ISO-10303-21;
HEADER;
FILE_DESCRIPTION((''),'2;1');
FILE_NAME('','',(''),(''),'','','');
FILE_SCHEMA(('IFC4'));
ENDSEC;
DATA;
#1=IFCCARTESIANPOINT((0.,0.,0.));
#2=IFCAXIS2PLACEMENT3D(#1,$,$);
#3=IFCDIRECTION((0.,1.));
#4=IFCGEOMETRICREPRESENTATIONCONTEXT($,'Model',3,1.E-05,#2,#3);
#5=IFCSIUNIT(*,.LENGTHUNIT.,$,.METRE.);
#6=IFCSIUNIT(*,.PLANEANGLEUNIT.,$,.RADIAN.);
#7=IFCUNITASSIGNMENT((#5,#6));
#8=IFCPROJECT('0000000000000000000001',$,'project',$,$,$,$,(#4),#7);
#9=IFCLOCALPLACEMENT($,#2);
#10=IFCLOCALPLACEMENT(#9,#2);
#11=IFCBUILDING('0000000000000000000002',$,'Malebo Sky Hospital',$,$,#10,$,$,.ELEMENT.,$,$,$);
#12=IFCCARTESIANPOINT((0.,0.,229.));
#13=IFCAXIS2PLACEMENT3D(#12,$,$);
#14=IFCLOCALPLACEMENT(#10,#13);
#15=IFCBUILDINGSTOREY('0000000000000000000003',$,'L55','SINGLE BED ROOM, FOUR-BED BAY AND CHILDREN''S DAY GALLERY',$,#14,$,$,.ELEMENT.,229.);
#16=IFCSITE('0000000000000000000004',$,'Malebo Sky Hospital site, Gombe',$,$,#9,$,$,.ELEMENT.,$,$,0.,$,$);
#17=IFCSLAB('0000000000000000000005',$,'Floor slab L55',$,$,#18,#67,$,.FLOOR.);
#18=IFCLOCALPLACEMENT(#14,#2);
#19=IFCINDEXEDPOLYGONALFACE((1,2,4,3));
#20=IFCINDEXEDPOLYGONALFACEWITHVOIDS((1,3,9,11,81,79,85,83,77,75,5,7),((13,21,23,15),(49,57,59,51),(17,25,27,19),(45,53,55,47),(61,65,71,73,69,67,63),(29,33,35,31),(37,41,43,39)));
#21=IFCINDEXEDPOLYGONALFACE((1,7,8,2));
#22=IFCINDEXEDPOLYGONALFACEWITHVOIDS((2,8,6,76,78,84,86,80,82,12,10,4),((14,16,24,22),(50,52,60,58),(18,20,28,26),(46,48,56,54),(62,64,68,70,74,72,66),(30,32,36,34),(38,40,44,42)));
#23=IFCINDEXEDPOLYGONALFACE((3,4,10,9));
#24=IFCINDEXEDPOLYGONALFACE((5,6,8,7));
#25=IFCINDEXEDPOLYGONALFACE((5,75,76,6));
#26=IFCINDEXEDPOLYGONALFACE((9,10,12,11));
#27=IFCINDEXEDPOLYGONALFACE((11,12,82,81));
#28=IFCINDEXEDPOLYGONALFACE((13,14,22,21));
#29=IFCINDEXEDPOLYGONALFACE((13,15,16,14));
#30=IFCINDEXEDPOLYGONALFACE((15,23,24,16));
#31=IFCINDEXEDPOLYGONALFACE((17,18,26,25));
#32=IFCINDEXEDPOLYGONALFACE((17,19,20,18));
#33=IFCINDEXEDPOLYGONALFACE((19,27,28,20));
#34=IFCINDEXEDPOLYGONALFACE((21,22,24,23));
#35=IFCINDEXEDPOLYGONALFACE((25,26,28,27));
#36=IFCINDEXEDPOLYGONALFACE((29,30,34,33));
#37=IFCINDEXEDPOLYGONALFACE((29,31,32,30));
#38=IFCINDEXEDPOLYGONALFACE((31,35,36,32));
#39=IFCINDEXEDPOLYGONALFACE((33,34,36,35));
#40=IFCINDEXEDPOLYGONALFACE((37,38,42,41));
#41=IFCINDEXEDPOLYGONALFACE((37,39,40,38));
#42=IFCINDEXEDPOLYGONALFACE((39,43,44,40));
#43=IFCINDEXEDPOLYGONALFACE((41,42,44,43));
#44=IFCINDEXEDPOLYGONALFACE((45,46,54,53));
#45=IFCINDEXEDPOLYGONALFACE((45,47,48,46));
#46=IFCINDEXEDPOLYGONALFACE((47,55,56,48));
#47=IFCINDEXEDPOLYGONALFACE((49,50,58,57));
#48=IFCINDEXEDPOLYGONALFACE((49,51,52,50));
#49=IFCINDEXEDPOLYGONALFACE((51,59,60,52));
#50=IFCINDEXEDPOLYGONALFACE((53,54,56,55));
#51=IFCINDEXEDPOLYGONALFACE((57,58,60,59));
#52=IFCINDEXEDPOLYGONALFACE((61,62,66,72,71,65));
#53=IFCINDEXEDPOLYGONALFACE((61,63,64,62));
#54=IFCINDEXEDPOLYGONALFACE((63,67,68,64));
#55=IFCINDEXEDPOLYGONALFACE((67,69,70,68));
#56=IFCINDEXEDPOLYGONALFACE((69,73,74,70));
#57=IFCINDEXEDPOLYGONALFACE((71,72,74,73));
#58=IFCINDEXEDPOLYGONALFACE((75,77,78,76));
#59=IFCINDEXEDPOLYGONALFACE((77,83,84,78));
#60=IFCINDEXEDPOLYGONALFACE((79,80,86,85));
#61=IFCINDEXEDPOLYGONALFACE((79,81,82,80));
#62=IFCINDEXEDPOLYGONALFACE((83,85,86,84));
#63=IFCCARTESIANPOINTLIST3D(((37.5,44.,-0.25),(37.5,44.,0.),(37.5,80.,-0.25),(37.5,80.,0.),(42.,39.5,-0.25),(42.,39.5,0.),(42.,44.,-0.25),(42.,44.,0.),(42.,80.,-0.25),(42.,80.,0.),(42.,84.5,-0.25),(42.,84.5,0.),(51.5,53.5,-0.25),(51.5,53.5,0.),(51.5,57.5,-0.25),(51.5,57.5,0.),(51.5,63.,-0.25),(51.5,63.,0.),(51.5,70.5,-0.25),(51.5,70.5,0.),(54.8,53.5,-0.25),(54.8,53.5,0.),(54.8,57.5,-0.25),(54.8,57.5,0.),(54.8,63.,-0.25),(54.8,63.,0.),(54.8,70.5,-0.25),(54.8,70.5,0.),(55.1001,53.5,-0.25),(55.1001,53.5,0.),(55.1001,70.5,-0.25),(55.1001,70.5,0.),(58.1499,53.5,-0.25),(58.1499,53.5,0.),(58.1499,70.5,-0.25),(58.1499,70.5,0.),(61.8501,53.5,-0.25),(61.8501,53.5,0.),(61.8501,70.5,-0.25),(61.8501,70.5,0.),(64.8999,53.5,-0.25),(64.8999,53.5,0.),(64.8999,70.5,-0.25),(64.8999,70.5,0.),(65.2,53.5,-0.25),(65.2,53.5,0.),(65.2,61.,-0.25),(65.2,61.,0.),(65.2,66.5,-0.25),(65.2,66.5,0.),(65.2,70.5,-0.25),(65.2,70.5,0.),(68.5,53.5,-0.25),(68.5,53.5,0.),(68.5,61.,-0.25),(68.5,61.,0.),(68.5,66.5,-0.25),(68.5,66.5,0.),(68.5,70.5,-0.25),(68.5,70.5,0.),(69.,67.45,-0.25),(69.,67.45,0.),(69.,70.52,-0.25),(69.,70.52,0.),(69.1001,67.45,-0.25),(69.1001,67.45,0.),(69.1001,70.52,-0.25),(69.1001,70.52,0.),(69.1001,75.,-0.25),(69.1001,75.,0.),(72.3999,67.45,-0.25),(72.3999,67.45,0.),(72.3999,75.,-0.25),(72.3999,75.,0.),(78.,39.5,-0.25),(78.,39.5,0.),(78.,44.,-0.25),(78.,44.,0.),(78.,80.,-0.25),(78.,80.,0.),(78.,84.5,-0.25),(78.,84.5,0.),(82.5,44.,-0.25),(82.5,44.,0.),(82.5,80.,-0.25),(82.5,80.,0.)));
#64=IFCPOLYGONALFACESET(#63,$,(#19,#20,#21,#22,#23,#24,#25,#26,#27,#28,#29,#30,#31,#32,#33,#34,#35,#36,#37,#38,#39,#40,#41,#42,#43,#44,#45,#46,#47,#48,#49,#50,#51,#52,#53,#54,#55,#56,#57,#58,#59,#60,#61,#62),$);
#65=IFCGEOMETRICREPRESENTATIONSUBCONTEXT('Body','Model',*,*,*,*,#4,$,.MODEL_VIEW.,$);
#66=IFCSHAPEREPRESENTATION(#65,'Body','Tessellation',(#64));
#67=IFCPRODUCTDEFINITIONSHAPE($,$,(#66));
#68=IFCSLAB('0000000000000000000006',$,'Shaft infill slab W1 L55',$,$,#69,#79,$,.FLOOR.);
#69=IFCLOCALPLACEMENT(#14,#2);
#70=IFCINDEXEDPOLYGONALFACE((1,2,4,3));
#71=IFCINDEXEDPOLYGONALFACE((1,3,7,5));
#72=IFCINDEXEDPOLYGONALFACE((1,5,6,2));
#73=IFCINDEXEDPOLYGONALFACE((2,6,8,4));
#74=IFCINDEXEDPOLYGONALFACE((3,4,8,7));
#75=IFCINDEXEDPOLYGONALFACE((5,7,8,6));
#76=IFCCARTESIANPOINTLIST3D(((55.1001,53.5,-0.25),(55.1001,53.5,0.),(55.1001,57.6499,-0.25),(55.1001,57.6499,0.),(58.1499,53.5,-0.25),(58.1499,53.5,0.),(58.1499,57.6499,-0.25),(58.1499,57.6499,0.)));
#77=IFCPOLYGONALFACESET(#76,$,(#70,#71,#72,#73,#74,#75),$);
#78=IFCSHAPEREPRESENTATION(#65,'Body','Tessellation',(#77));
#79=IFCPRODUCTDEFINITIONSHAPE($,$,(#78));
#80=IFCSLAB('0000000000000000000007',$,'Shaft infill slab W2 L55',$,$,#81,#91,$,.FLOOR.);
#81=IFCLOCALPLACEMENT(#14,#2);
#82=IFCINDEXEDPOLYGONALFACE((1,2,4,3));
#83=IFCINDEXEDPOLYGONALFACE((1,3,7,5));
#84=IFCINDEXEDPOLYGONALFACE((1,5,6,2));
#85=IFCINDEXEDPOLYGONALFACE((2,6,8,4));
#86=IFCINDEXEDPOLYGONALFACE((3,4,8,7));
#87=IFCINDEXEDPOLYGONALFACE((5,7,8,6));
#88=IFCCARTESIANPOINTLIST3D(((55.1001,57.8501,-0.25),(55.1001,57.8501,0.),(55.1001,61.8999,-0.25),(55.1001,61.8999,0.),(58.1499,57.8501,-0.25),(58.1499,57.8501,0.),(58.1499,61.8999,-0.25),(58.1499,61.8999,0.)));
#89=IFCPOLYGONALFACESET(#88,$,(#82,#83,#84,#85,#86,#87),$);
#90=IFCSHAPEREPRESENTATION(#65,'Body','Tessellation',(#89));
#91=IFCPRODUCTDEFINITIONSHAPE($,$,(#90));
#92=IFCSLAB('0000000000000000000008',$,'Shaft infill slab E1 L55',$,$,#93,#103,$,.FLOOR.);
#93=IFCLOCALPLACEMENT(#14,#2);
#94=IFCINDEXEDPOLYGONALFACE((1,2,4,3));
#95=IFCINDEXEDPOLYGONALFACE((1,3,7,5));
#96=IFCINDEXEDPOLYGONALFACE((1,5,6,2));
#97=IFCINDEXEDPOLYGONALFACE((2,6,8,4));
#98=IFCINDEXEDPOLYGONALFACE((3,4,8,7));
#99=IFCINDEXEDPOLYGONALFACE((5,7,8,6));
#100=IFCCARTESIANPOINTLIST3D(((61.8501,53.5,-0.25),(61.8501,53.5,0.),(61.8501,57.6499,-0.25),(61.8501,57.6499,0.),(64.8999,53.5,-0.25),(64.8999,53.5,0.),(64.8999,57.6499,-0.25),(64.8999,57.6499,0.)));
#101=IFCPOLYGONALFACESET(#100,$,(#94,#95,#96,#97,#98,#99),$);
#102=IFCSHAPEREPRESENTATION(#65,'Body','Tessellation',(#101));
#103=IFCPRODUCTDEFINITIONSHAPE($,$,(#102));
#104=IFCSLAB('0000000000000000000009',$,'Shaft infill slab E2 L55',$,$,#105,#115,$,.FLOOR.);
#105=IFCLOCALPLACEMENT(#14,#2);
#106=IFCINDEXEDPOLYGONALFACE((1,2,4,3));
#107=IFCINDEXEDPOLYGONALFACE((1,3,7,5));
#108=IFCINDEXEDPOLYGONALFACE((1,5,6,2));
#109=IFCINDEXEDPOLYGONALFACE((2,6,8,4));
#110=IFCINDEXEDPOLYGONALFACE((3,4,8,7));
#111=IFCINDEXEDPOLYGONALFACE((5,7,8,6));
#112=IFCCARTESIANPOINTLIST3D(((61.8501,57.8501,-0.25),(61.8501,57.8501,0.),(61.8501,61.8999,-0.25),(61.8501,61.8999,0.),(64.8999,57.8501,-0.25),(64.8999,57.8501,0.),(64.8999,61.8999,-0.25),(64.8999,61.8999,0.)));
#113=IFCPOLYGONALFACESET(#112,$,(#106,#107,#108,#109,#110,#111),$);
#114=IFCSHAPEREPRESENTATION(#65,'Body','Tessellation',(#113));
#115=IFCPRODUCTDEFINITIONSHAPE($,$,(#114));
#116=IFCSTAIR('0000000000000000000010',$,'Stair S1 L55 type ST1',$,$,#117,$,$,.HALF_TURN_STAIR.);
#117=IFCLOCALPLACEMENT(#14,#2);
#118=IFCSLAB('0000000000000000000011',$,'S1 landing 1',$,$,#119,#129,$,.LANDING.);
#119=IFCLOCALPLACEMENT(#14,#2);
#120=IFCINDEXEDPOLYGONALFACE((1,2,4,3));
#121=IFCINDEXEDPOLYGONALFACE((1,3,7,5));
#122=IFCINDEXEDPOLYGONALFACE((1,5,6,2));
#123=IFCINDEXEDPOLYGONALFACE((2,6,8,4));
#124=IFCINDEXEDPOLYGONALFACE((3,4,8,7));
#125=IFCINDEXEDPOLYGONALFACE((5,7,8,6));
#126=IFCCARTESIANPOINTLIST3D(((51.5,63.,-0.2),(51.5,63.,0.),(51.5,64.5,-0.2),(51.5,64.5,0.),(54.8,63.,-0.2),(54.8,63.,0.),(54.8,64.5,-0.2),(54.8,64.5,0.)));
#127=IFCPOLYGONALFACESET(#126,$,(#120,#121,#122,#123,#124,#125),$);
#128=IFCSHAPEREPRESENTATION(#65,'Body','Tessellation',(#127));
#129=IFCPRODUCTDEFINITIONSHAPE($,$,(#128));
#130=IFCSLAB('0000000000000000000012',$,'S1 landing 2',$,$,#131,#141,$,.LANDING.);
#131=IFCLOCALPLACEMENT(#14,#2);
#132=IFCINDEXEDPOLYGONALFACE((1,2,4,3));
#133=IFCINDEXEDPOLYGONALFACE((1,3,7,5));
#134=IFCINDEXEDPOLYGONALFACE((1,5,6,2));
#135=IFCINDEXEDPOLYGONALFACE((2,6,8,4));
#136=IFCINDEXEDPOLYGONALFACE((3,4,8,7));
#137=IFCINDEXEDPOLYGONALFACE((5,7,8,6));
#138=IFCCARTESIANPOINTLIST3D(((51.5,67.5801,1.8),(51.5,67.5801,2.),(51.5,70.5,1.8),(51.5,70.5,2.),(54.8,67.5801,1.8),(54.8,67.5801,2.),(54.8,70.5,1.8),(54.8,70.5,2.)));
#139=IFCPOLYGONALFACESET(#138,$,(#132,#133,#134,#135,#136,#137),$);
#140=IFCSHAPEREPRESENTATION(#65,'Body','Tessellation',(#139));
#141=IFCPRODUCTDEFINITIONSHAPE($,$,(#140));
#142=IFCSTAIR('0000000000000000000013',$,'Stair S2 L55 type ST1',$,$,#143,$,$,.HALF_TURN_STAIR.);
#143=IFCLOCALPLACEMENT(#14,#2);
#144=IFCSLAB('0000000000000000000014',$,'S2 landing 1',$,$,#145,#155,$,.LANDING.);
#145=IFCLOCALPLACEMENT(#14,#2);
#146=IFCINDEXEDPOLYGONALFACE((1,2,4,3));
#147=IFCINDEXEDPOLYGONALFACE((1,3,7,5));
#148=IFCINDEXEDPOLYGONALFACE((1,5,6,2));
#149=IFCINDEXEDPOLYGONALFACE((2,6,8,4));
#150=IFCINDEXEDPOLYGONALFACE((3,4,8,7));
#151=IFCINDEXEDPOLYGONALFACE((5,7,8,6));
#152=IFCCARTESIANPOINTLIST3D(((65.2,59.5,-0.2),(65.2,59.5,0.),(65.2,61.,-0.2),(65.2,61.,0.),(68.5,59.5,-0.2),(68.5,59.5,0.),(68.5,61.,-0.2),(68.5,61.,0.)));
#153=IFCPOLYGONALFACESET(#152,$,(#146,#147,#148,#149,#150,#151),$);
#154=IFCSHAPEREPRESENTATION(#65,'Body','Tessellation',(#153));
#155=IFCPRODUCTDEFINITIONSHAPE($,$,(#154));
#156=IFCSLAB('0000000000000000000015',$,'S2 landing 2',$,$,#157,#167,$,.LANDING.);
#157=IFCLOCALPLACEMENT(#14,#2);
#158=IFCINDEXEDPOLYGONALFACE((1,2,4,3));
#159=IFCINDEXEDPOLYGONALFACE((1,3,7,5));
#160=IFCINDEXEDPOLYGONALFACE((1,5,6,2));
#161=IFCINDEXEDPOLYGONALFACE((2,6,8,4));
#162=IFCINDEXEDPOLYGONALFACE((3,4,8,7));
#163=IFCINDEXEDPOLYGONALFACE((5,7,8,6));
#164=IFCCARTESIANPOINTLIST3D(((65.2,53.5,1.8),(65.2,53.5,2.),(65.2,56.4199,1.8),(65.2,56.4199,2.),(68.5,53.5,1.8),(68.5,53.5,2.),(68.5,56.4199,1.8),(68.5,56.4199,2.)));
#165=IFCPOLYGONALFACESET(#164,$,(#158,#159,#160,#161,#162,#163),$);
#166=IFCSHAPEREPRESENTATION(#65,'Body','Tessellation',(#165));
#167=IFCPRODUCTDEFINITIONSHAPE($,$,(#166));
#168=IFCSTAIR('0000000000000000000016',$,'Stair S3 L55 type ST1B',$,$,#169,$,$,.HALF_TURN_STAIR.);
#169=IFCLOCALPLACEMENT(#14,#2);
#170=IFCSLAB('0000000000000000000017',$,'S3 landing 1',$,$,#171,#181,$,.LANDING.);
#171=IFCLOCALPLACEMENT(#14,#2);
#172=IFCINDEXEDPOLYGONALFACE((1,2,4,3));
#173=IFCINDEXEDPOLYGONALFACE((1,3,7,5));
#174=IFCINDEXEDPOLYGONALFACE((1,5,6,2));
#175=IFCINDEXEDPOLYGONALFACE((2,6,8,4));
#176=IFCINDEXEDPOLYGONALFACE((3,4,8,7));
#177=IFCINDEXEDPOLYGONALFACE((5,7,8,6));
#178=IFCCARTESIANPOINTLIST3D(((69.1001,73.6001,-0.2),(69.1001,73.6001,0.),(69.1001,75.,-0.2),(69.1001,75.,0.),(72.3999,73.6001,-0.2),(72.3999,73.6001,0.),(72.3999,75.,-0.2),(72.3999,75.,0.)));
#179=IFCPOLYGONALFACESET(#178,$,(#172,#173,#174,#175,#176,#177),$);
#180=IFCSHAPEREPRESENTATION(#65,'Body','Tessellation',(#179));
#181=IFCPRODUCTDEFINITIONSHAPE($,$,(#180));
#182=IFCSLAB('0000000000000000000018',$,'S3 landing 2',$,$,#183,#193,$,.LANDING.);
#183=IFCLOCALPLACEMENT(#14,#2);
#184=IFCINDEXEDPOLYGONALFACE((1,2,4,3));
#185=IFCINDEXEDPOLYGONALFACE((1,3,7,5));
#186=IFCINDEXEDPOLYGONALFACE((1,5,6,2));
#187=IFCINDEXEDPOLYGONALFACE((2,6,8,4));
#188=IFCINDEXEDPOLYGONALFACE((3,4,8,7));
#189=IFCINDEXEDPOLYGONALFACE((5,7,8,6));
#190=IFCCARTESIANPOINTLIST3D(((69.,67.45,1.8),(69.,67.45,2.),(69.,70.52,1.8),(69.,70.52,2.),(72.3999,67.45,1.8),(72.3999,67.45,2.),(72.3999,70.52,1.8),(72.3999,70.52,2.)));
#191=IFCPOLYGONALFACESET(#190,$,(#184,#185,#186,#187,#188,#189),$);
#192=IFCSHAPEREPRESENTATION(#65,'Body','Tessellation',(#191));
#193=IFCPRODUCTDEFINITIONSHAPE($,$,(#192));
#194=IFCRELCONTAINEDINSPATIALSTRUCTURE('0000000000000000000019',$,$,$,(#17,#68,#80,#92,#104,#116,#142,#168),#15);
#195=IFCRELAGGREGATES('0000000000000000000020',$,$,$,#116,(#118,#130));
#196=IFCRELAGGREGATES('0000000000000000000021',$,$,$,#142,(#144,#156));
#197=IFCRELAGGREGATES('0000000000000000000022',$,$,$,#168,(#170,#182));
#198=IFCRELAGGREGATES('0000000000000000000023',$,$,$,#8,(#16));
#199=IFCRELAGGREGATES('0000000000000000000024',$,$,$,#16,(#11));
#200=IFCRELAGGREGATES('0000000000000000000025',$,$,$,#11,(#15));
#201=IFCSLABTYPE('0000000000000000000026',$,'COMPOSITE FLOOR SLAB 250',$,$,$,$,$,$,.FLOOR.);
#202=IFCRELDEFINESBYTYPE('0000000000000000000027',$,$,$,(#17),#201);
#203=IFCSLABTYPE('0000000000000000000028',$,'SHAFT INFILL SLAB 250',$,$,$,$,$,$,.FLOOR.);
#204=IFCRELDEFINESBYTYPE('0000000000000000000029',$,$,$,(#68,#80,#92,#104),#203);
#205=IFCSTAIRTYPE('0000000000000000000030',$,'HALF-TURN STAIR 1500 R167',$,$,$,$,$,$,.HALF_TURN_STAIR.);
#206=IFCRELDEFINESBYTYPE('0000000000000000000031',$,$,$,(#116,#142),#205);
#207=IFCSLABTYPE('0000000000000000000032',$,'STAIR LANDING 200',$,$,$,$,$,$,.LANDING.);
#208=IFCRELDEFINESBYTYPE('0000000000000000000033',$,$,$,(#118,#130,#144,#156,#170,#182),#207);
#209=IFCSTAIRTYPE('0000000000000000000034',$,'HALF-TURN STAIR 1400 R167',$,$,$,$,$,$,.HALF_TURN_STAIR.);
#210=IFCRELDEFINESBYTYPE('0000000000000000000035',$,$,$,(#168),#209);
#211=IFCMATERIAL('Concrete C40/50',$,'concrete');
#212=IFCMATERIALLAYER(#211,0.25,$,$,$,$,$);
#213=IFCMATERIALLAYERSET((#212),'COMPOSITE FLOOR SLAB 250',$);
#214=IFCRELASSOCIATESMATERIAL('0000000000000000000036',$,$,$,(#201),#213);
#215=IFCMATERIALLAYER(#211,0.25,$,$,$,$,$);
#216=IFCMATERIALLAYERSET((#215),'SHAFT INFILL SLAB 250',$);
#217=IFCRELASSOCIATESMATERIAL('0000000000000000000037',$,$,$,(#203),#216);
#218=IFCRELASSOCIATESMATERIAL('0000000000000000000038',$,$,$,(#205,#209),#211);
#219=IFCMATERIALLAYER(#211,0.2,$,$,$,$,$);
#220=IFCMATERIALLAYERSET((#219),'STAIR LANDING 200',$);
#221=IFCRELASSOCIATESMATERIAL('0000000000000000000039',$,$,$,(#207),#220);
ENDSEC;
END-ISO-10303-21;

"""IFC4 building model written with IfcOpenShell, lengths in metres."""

from ifc_helpers import new_model, si_unit, direction, frame, origin, place, context, subcontext, project, spatial, polyline, outline, extrude, material, layer, layer_set, type_object, element, aggregate, save


model = new_model("IFC4")

# Units and contexts
model_context = context("Model", 3, precision=1e-05, world=origin(), true_north=direction((0.0, 1.0)))
body_context = subcontext(model_context, "Body", "Model", "MODEL_VIEW")
ifc_project = project(units=[si_unit("LENGTHUNIT", "METRE"), si_unit("PLANEANGLEUNIT", "RADIAN")], contexts=[model_context])

# Site, building, storey
site_placement = place(None, origin())
site = spatial("IfcSite", under=ifc_project, at=site_placement, Name="Malebo Sky Hospital site, Gombe", CompositionType="ELEMENT", RefElevation=0.0)
building_placement = place(site_placement, origin())
building = spatial("IfcBuilding", under=site, at=building_placement, Name="Malebo Sky Hospital", CompositionType="ELEMENT")
storey_placement = place(building_placement, frame((0.0, 0.0, 229.0)))
storey = spatial("IfcBuildingStorey", under=building, at=storey_placement, Name="L55", Description="SINGLE BED ROOM, FOUR-BED BAY AND CHILDREN'S DAY GALLERY", CompositionType="ELEMENT", Elevation=229.0)

# Slabs
ifc_material_1 = material(Name="Concrete C40/50", Category="concrete")
ifc_layer_1 = layer(ifc_material_1, 0.25)
ifc_layer_set_1 = layer_set([ifc_layer_1], Name="COMPOSITE FLOOR SLAB 250")
slab_type_1 = type_object("IfcSlabType", Name="COMPOSITE FLOOR SLAB 250", PredefinedType="FLOOR", material=ifc_layer_set_1)
slab_1_placement = place(storey_placement, frame((0.0, 0.0, -0.25)))
element("IfcSlab", 1, at=slab_1_placement, inside=storey, type_object=slab_type_1, Name="Floor slab L55", PredefinedType="FLOOR", context=body_context, shape_type="SweptSolid", body=[
    extrude(outline(polyline([(42.0, 84.5), (42.0, 80.0), (37.5, 80.0), (37.5, 44.0), (42.0, 44.0), (42.0, 39.5), (78.0, 39.5), (78.0, 44.0), (82.5, 44.0), (82.5, 80.0), (78.0, 80.0), (78.0, 84.5), (42.0, 84.5)]), holes=[polyline([(55.1001, 70.5), (58.1499, 70.5), (58.1499, 53.5), (55.1001, 53.5), (55.1001, 70.5)]), polyline([(64.8999, 70.5), (64.8999, 53.5), (61.8501, 53.5), (61.8501, 70.5), (64.8999, 70.5)]), polyline([(54.8, 63.0), (51.5, 63.0), (51.5, 70.5), (54.8, 70.5), (54.8, 63.0)]), polyline([(51.5, 53.5), (51.5, 57.5), (54.8, 57.5), (54.8, 53.5), (51.5, 53.5)]), polyline([(65.2, 61.0), (68.5, 61.0), (68.5, 53.5), (65.2, 53.5), (65.2, 61.0)]), polyline([(68.5, 70.5), (68.5, 66.5), (65.2, 66.5), (65.2, 70.5), (68.5, 70.5)]), polyline([(69.0, 67.45), (69.0, 70.52), (69.1001, 70.52), (69.1001, 75.0), (72.3999, 75.0), (72.3999, 67.45), (69.1001, 67.45), (69.0, 67.45)])]), origin(), (0.0, 0.0, 1.0), 0.25),
])
ifc_layer_2 = layer(ifc_material_1, 0.25)
ifc_layer_set_2 = layer_set([ifc_layer_2], Name="SHAFT INFILL SLAB 250")
slab_type_2 = type_object("IfcSlabType", Name="SHAFT INFILL SLAB 250", PredefinedType="FLOOR", material=ifc_layer_set_2)
slab_2_placement = place(storey_placement, frame((0.0, 0.0, -0.25)))
element("IfcSlab", 2, at=slab_2_placement, inside=storey, type_object=slab_type_2, Name="Shaft infill slab W1 L55", PredefinedType="FLOOR", context=body_context, shape_type="SweptSolid", body=[
    extrude(outline(polyline([(55.1001, 53.5), (58.1499, 53.5), (58.1499, 57.6499), (55.1001, 57.6499), (55.1001, 53.5)])), origin(), (0.0, 0.0, 1.0), 0.25),
])
slab_3_placement = place(storey_placement, frame((0.0, 0.0, -0.25)))
element("IfcSlab", 3, at=slab_3_placement, inside=storey, type_object=slab_type_2, Name="Shaft infill slab W2 L55", PredefinedType="FLOOR", context=body_context, shape_type="SweptSolid", body=[
    extrude(outline(polyline([(55.1001, 57.8501), (58.1499, 57.8501), (58.1499, 61.8999), (55.1001, 61.8999), (55.1001, 57.8501)])), origin(), (0.0, 0.0, 1.0), 0.25),
])
slab_4_placement = place(storey_placement, frame((0.0, 0.0, -0.25)))
element("IfcSlab", 4, at=slab_4_placement, inside=storey, type_object=slab_type_2, Name="Shaft infill slab E1 L55", PredefinedType="FLOOR", context=body_context, shape_type="SweptSolid", body=[
    extrude(outline(polyline([(61.8501, 53.5), (64.8999, 53.5), (64.8999, 57.6499), (61.8501, 57.6499), (61.8501, 53.5)])), origin(), (0.0, 0.0, 1.0), 0.25),
])
slab_5_placement = place(storey_placement, frame((0.0, 0.0, -0.25)))
element("IfcSlab", 5, at=slab_5_placement, inside=storey, type_object=slab_type_2, Name="Shaft infill slab E2 L55", PredefinedType="FLOOR", context=body_context, shape_type="SweptSolid", body=[
    extrude(outline(polyline([(61.8501, 57.8501), (64.8999, 57.8501), (64.8999, 61.8999), (61.8501, 61.8999), (61.8501, 57.8501)])), origin(), (0.0, 0.0, 1.0), 0.25),
])

# Stairs, slabs
stair_type_1 = type_object("IfcStairType", Name="HALF-TURN STAIR 1500 R167", PredefinedType="HALF_TURN_STAIR", material=ifc_material_1)
stair_1_placement = place(storey_placement, origin())
stair_1 = element("IfcStair", 6, at=stair_1_placement, inside=storey, type_object=stair_type_1, Name="Stair S1 L55 type ST1", PredefinedType="HALF_TURN_STAIR")
ifc_layer_3 = layer(ifc_material_1, 0.2)
ifc_layer_set_3 = layer_set([ifc_layer_3], Name="STAIR LANDING 200")
slab_type_3 = type_object("IfcSlabType", Name="STAIR LANDING 200", PredefinedType="LANDING", material=ifc_layer_set_3)
slab_6_placement = place(storey_placement, frame((0.0, 0.0, -0.2)))
slab_6 = element("IfcSlab", 7, at=slab_6_placement, type_object=slab_type_3, Name="S1 landing 1", PredefinedType="LANDING", context=body_context, shape_type="SweptSolid", body=[
    extrude(outline(polyline([(51.5, 63.0), (54.8, 63.0), (54.8, 64.5), (51.5, 64.5), (51.5, 63.0)])), origin(), (0.0, 0.0, 1.0), 0.2),
])
slab_7_placement = place(storey_placement, frame((0.0, 0.0, 1.8)))
slab_7 = element("IfcSlab", 8, at=slab_7_placement, type_object=slab_type_3, Name="S1 landing 2", PredefinedType="LANDING", context=body_context, shape_type="SweptSolid", body=[
    extrude(outline(polyline([(51.5, 67.5801), (54.8, 67.5801), (54.8, 70.5), (51.5, 70.5), (51.5, 67.5801)])), origin(), (0.0, 0.0, 1.0), 0.2),
])
aggregate(stair_1, [slab_6, slab_7])
stair_2_placement = place(storey_placement, origin())
stair_2 = element("IfcStair", 9, at=stair_2_placement, inside=storey, type_object=stair_type_1, Name="Stair S2 L55 type ST1", PredefinedType="HALF_TURN_STAIR")
slab_8_placement = place(storey_placement, frame((0.0, 0.0, -0.2)))
slab_8 = element("IfcSlab", 10, at=slab_8_placement, type_object=slab_type_3, Name="S2 landing 1", PredefinedType="LANDING", context=body_context, shape_type="SweptSolid", body=[
    extrude(outline(polyline([(65.2, 59.5), (68.5, 59.5), (68.5, 61.0), (65.2, 61.0), (65.2, 59.5)])), origin(), (0.0, 0.0, 1.0), 0.2),
])
slab_9_placement = place(storey_placement, frame((0.0, 0.0, 1.8)))
slab_9 = element("IfcSlab", 11, at=slab_9_placement, type_object=slab_type_3, Name="S2 landing 2", PredefinedType="LANDING", context=body_context, shape_type="SweptSolid", body=[
    extrude(outline(polyline([(65.2, 53.5), (68.5, 53.5), (68.5, 56.4199), (65.2, 56.4199), (65.2, 53.5)])), origin(), (0.0, 0.0, 1.0), 0.2),
])
aggregate(stair_2, [slab_8, slab_9])
stair_type_2 = type_object("IfcStairType", Name="HALF-TURN STAIR 1400 R167", PredefinedType="HALF_TURN_STAIR", material=ifc_material_1)
stair_3_placement = place(storey_placement, origin())
stair_3 = element("IfcStair", 12, at=stair_3_placement, inside=storey, type_object=stair_type_2, Name="Stair S3 L55 type ST1B", PredefinedType="HALF_TURN_STAIR")
slab_10_placement = place(storey_placement, frame((0.0, 0.0, -0.2)))
slab_10 = element("IfcSlab", 13, at=slab_10_placement, type_object=slab_type_3, Name="S3 landing 1", PredefinedType="LANDING", context=body_context, shape_type="SweptSolid", body=[
    extrude(outline(polyline([(69.1001, 73.6001), (72.3999, 73.6001), (72.3999, 75.0), (69.1001, 75.0), (69.1001, 73.6001)])), origin(), (0.0, 0.0, 1.0), 0.2),
])
slab_11_placement = place(storey_placement, frame((0.0, 0.0, 1.8)))
slab_11 = element("IfcSlab", 14, at=slab_11_placement, type_object=slab_type_3, Name="S3 landing 2", PredefinedType="LANDING", context=body_context, shape_type="SweptSolid", body=[
    extrude(outline(polyline([(69.0, 67.45), (72.3999, 67.45), (72.3999, 70.52), (69.0, 70.52), (69.0, 67.45)])), origin(), (0.0, 0.0, 1.0), 0.2),
])
aggregate(stair_3, [slab_10, slab_11])

save(model, "model.ifc")
